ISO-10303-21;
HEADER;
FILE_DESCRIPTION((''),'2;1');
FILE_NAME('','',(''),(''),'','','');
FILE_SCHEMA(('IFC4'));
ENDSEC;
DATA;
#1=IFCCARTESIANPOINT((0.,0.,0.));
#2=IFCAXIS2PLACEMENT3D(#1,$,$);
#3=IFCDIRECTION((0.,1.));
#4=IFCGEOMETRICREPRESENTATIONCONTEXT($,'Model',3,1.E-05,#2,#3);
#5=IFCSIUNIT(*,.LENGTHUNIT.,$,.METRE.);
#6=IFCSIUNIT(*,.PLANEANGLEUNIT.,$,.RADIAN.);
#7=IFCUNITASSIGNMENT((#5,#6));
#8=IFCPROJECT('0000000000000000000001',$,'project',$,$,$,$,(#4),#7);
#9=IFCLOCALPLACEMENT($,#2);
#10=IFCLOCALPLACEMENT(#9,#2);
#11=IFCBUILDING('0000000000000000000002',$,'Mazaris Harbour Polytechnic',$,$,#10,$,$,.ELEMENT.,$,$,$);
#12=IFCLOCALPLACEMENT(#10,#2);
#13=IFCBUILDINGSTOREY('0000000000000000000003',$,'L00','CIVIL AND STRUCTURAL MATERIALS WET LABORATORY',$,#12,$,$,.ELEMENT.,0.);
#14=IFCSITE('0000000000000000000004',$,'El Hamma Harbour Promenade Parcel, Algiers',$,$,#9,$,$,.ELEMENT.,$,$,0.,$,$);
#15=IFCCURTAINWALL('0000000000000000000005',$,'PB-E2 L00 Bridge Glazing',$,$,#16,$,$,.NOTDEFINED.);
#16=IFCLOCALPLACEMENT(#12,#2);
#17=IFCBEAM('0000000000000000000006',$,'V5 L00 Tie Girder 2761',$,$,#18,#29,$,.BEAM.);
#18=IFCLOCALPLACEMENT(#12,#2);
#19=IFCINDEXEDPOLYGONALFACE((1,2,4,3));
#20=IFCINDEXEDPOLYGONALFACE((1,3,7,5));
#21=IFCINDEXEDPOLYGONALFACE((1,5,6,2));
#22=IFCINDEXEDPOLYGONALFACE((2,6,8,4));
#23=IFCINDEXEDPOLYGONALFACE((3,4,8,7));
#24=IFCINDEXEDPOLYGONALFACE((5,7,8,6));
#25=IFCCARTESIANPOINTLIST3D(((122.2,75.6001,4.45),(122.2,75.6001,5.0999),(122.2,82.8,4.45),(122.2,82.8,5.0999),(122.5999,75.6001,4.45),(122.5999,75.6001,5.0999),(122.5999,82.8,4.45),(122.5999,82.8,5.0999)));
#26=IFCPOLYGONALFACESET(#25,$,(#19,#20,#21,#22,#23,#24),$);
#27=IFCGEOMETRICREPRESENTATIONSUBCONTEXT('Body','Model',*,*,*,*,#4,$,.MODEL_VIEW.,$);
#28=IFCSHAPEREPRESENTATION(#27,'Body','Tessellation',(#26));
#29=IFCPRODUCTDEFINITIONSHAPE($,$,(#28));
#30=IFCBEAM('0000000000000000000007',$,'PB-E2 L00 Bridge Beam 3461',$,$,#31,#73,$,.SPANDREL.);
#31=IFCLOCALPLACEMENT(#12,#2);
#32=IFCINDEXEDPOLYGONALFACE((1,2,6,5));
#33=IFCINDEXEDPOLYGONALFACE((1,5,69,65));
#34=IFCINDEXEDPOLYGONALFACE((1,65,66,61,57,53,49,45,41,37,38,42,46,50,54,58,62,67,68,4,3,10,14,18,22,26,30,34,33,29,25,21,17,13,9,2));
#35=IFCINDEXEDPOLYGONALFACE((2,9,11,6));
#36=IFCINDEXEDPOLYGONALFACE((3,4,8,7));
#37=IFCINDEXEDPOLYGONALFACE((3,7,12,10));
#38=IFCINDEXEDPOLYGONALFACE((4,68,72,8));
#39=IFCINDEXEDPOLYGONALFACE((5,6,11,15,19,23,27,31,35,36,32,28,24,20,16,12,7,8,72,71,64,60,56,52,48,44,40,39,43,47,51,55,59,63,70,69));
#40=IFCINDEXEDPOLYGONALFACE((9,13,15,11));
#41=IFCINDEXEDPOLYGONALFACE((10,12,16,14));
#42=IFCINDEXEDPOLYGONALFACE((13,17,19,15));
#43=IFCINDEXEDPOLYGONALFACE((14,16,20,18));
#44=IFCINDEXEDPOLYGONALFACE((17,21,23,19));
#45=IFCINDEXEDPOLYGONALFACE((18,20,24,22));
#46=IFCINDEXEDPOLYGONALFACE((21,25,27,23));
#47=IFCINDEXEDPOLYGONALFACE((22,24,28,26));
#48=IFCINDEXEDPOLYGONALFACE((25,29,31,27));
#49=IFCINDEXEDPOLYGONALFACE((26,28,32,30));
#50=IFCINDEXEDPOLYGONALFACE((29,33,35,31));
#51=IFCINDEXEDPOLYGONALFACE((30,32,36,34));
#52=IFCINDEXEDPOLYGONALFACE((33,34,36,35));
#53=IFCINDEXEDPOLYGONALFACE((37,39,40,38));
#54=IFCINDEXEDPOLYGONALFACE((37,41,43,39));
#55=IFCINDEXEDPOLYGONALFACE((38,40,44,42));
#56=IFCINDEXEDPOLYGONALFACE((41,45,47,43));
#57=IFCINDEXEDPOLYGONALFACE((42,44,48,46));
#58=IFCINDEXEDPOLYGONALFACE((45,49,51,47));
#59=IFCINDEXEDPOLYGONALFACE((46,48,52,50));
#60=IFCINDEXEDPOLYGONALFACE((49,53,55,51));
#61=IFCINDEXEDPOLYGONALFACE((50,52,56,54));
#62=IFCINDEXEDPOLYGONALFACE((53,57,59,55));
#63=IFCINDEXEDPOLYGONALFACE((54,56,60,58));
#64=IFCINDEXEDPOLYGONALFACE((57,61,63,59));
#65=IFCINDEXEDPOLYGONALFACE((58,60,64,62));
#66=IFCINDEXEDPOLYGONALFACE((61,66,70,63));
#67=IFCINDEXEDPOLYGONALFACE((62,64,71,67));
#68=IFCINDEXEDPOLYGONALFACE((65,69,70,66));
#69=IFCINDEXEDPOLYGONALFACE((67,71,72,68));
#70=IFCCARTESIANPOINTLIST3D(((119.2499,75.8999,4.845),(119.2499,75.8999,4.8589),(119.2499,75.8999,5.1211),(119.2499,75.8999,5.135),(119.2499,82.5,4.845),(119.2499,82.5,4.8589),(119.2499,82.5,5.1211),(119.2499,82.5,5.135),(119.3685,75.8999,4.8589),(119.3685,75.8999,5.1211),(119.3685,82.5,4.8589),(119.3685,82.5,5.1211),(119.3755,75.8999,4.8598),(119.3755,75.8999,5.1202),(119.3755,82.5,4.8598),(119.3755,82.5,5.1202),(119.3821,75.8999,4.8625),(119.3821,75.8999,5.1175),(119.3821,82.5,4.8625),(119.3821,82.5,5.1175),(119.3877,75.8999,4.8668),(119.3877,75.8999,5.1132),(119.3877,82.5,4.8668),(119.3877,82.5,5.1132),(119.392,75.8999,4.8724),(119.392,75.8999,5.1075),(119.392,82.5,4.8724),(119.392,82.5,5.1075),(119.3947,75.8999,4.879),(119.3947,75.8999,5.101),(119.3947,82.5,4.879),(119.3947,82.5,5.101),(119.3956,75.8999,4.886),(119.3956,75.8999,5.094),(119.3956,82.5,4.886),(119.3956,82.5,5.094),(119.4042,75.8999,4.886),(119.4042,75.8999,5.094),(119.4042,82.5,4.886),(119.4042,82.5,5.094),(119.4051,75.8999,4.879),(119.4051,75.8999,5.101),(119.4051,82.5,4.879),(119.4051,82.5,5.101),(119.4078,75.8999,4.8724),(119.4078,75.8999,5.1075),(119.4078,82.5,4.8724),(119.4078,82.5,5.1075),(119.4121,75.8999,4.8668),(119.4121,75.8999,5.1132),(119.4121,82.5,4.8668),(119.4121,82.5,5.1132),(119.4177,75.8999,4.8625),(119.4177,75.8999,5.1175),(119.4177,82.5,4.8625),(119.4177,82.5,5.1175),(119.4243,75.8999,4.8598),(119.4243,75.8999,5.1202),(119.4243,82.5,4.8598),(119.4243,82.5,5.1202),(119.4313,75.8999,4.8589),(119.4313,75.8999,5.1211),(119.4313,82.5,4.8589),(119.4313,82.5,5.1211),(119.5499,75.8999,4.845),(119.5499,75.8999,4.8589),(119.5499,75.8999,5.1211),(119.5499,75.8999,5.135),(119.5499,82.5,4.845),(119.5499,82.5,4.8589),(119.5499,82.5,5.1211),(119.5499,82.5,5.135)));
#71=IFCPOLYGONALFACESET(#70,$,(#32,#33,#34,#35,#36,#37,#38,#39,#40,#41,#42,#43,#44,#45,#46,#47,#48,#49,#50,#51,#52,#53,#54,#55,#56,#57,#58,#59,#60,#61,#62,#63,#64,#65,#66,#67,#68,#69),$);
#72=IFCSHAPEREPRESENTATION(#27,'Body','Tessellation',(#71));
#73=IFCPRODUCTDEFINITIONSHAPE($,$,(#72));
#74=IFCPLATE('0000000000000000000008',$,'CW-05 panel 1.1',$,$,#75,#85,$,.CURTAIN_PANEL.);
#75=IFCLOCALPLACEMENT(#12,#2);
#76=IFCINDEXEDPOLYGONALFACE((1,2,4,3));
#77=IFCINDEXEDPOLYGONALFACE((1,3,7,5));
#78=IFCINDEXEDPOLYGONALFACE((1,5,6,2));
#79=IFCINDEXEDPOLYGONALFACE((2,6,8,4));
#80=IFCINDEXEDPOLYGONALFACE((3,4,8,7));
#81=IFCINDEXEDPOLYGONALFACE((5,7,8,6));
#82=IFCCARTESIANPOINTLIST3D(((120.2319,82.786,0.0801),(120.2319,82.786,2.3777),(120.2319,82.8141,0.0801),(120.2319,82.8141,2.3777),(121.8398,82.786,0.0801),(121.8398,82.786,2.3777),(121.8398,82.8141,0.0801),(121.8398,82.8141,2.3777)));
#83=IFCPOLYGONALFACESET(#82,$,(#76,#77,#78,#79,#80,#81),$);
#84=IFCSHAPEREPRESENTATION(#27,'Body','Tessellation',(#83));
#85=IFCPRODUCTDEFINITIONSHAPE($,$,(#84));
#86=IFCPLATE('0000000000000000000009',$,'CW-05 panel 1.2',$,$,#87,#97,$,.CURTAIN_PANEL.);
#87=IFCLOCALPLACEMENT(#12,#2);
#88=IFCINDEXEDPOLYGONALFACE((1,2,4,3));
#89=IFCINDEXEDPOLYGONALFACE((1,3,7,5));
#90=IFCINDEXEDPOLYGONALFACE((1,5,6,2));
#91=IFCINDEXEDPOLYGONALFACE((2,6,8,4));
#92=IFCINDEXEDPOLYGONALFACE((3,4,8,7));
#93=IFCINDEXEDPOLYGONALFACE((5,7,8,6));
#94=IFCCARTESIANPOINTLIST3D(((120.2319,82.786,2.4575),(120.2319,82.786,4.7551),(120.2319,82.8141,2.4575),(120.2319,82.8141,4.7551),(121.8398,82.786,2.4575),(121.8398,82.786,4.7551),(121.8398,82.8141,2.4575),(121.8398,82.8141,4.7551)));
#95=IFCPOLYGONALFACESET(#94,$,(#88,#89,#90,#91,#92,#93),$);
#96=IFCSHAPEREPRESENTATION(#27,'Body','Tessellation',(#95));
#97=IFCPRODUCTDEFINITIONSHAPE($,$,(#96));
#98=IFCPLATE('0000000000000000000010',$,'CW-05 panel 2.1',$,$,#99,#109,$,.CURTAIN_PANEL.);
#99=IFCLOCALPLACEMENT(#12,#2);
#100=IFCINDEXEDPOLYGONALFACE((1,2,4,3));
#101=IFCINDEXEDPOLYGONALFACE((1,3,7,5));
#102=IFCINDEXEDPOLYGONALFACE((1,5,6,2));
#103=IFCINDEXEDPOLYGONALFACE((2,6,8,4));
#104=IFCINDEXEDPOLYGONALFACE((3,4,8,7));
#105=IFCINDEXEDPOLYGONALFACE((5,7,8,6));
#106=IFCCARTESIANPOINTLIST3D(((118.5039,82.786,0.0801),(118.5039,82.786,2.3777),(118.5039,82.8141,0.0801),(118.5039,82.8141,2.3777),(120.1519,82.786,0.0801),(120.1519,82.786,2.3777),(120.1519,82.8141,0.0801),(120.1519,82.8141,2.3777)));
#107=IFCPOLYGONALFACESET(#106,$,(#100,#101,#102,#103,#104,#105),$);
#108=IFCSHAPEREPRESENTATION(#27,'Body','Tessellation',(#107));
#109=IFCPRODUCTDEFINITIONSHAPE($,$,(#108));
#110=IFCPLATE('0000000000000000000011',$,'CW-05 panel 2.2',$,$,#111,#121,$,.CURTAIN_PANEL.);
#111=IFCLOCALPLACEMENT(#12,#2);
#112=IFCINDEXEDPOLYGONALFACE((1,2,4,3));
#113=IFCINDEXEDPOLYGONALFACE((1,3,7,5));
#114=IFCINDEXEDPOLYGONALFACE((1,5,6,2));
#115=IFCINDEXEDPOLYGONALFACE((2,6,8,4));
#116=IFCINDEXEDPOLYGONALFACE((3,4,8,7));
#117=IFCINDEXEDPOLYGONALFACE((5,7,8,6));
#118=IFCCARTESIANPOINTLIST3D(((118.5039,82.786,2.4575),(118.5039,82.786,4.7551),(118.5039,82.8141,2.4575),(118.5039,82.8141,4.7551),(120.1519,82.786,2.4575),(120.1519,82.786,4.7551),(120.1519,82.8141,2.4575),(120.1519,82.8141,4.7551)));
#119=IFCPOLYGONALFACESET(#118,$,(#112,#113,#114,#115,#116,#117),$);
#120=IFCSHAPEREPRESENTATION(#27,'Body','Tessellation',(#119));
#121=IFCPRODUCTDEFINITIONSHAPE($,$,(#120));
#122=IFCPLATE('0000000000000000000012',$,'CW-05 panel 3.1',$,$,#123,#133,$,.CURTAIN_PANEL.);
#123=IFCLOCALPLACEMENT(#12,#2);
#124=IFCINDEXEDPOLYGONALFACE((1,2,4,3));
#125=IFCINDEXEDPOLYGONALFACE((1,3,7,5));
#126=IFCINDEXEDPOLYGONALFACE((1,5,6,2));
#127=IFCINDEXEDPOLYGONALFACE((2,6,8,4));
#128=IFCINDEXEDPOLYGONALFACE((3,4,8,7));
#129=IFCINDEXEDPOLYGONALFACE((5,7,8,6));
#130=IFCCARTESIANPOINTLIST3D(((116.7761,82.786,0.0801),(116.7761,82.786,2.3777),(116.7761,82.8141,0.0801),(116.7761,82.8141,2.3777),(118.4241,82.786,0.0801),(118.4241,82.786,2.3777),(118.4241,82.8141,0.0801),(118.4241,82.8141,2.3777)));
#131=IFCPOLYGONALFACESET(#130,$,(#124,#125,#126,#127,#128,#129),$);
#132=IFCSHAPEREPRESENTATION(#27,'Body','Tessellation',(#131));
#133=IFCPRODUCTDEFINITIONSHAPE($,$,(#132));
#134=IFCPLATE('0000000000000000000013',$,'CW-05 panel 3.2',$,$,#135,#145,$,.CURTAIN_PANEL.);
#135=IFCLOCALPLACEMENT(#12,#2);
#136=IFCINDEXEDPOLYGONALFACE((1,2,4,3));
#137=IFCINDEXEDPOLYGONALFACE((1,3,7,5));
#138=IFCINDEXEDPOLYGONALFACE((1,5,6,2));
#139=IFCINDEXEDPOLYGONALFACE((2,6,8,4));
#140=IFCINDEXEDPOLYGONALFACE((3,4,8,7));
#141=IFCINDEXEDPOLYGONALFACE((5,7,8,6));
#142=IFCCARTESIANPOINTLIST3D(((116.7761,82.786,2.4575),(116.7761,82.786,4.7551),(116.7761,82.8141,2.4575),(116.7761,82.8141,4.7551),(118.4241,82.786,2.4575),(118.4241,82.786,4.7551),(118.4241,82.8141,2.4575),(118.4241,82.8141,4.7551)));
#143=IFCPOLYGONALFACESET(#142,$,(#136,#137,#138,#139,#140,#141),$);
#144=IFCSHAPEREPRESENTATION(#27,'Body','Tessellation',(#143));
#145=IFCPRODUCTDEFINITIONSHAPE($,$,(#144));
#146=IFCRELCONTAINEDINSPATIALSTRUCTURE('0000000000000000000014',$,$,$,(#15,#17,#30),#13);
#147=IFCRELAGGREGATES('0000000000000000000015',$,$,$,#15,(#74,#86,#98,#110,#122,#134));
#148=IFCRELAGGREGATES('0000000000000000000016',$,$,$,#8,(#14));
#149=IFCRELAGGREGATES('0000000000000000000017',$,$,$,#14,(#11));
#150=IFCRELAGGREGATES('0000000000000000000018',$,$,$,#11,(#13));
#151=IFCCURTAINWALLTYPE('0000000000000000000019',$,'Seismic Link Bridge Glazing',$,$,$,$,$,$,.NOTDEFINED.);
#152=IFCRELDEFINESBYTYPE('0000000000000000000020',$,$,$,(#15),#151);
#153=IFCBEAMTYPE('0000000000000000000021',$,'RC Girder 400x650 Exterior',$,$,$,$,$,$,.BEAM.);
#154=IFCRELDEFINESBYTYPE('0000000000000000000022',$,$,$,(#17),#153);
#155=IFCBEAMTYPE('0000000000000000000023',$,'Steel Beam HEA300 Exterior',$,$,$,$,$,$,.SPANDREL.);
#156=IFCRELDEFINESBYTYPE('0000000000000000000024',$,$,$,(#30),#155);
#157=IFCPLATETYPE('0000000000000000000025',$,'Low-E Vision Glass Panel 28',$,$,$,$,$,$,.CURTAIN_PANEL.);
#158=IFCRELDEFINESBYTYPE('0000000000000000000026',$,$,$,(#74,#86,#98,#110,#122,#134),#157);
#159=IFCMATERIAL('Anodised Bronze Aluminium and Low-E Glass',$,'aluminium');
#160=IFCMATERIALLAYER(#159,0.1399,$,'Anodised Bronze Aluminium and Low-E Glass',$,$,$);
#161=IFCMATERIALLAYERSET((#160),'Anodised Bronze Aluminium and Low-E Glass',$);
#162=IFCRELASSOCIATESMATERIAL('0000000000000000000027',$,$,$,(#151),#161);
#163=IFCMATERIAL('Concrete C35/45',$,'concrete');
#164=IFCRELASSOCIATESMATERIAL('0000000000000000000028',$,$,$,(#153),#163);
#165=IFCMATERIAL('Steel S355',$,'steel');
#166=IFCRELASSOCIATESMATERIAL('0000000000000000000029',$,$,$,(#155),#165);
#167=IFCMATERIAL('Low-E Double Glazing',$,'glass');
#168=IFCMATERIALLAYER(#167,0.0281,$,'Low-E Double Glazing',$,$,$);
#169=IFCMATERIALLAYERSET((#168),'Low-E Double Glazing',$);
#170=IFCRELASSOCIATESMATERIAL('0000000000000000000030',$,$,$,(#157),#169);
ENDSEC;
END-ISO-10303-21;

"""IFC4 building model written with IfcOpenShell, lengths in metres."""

from ifc_helpers import new_model, si_unit, direction, frame, origin, origin_2d, place, context, subcontext, project, spatial, rectangle, i_section, extrude, material, layer, layer_set, material_profile, profile_set, type_object, element, aggregate, save


model = new_model("IFC4")

# Units and contexts
model_context = context("Model", 3, precision=1e-05, world=origin(), true_north=direction((0.0, 1.0)))
body_context = subcontext(model_context, "Body", "Model", "MODEL_VIEW")
ifc_project = project(units=[si_unit("LENGTHUNIT", "METRE"), si_unit("PLANEANGLEUNIT", "RADIAN")], contexts=[model_context])

# Site, building, storey
site_placement = place(None, origin())
site = spatial("IfcSite", under=ifc_project, at=site_placement, Name="El Hamma Harbour Promenade Parcel, Algiers", CompositionType="ELEMENT", RefElevation=0.0)
building_placement = place(site_placement, origin())
building = spatial("IfcBuilding", under=site, at=building_placement, Name="Mazaris Harbour Polytechnic", CompositionType="ELEMENT")
storey_placement = place(building_placement, origin())
storey = spatial("IfcBuildingStorey", under=building, at=storey_placement, Name="L00", Description="CIVIL AND STRUCTURAL MATERIALS WET LABORATORY", CompositionType="ELEMENT", Elevation=0.0)

# Curtain wall
ifc_material_1 = material(Name="Anodised Bronze Aluminium and Low-E Glass", Category="aluminium")
ifc_layer_1 = layer(ifc_material_1, 0.1399, Name="Anodised Bronze Aluminium and Low-E Glass")
ifc_layer_set_1 = layer_set([ifc_layer_1], Name="Anodised Bronze Aluminium and Low-E Glass")
curtain_wall_type = type_object("IfcCurtainWallType", Name="Seismic Link Bridge Glazing", PredefinedType="NOTDEFINED", material=ifc_layer_set_1)
curtain_wall_placement = place(storey_placement, origin())
curtain_wall = element("IfcCurtainWall", 1, at=curtain_wall_placement, inside=storey, type_object=curtain_wall_type, Name="PB-E2 L00 Bridge Glazing", PredefinedType="NOTDEFINED")

# Beams
ifc_material_2 = material(Name="Concrete C35/45", Category="concrete")
ifc_material_profile_1 = material_profile(ifc_material_2, rectangle(XDim=0.3999, YDim=0.6499, at=origin_2d()), Name="RECT400x650")
ifc_profile_set_1 = profile_set([ifc_material_profile_1], Name="Concrete C35/45")
beam_type_1 = type_object("IfcBeamType", Name="RC Girder 400x650 Exterior", PredefinedType="BEAM", material=ifc_profile_set_1)
beam_1_placement = place(storey_placement, frame((122.3999, 75.6001, 4.7749), z_axis=(0.0, 1.0, 0.0), x_axis=(-1.0, 0.0, 0.0)))
element("IfcBeam", 2, at=beam_1_placement, inside=storey, type_object=beam_type_1, Name="V5 L00 Tie Girder 2761", PredefinedType="BEAM", context=body_context, shape_type="SweptSolid", body=[
    extrude(rectangle(XDim=0.3999, YDim=0.6499, at=origin_2d()), origin(), (0.0, 0.0, 1.0), 7.2),
])
ifc_material_3 = material(Name="Steel S355", Category="steel")
ifc_material_profile_2 = material_profile(ifc_material_3, i_section(OverallWidth=0.3, OverallDepth=0.29, WebThickness=0.0085, FlangeThickness=0.0139, FilletRadius=0.0271, at=origin_2d()), Name="HEA 300")
ifc_profile_set_2 = profile_set([ifc_material_profile_2], Name="Steel S355")
beam_type_2 = type_object("IfcBeamType", Name="Steel Beam HEA300 Exterior", PredefinedType="SPANDREL", material=ifc_profile_set_2)
beam_2_placement = place(storey_placement, frame((119.3999, 75.8999, 4.99), z_axis=(0.0, 1.0, 0.0), x_axis=(-1.0, 0.0, 0.0)))
element("IfcBeam", 3, at=beam_2_placement, inside=storey, type_object=beam_type_2, Name="PB-E2 L00 Bridge Beam 3461", PredefinedType="SPANDREL", context=body_context, shape_type="SweptSolid", body=[
    extrude(i_section(OverallWidth=0.3, OverallDepth=0.29, WebThickness=0.0085, FlangeThickness=0.0139, FilletRadius=0.0271, at=origin_2d()), origin(), (0.0, 0.0, 1.0), 6.6001),
])

# Plates
ifc_material_4 = material(Name="Low-E Double Glazing", Category="glass")
ifc_layer_2 = layer(ifc_material_4, 0.0281, Name="Low-E Double Glazing")
ifc_layer_set_2 = layer_set([ifc_layer_2], Name="Low-E Double Glazing")
plate_type = type_object("IfcPlateType", Name="Low-E Vision Glass Panel 28", PredefinedType="CURTAIN_PANEL", material=ifc_layer_set_2)
plate_1_placement = place(storey_placement, frame((121.0359, 82.8, 0.0801), z_axis=(0.0, 0.0, 1.0), x_axis=(-1.0, 0.0, 0.0)))
plate_1 = element("IfcPlate", 4, at=plate_1_placement, type_object=plate_type, Name="CW-05 panel 1.1", PredefinedType="CURTAIN_PANEL", context=body_context, shape_type="SweptSolid", body=[
    extrude(rectangle(XDim=1.6079, YDim=0.0281, at=origin_2d()), origin(), (0.0, 0.0, 1.0), 2.2976),
])
plate_2_placement = place(storey_placement, frame((121.0359, 82.8, 2.4575), z_axis=(0.0, 0.0, 1.0), x_axis=(-1.0, 0.0, 0.0)))
plate_2 = element("IfcPlate", 5, at=plate_2_placement, type_object=plate_type, Name="CW-05 panel 1.2", PredefinedType="CURTAIN_PANEL", context=body_context, shape_type="SweptSolid", body=[
    extrude(rectangle(XDim=1.6079, YDim=0.0281, at=origin_2d()), origin(), (0.0, 0.0, 1.0), 2.2976),
])
plate_3_placement = place(storey_placement, frame((119.3279, 82.8, 0.0801), z_axis=(0.0, 0.0, 1.0), x_axis=(-1.0, 0.0, 0.0)))
plate_3 = element("IfcPlate", 6, at=plate_3_placement, type_object=plate_type, Name="CW-05 panel 2.1", PredefinedType="CURTAIN_PANEL", context=body_context, shape_type="SweptSolid", body=[
    extrude(rectangle(XDim=1.6479, YDim=0.0281, at=origin_2d()), origin(), (0.0, 0.0, 1.0), 2.2976),
])
plate_4_placement = place(storey_placement, frame((119.3279, 82.8, 2.4575), z_axis=(0.0, 0.0, 1.0), x_axis=(-1.0, 0.0, 0.0)))
plate_4 = element("IfcPlate", 7, at=plate_4_placement, type_object=plate_type, Name="CW-05 panel 2.2", PredefinedType="CURTAIN_PANEL", context=body_context, shape_type="SweptSolid", body=[
    extrude(rectangle(XDim=1.6479, YDim=0.0281, at=origin_2d()), origin(), (0.0, 0.0, 1.0), 2.2976),
])
plate_5_placement = place(storey_placement, frame((117.6001, 82.8, 0.0801), z_axis=(0.0, 0.0, 1.0), x_axis=(-1.0, 0.0, 0.0)))
plate_5 = element("IfcPlate", 8, at=plate_5_placement, type_object=plate_type, Name="CW-05 panel 3.1", PredefinedType="CURTAIN_PANEL", context=body_context, shape_type="SweptSolid", body=[
    extrude(rectangle(XDim=1.6479, YDim=0.0281, at=origin_2d()), origin(), (0.0, 0.0, 1.0), 2.2976),
])
plate_6_placement = place(storey_placement, frame((117.6001, 82.8, 2.4575), z_axis=(0.0, 0.0, 1.0), x_axis=(-1.0, 0.0, 0.0)))
plate_6 = element("IfcPlate", 9, at=plate_6_placement, type_object=plate_type, Name="CW-05 panel 3.2", PredefinedType="CURTAIN_PANEL", context=body_context, shape_type="SweptSolid", body=[
    extrude(rectangle(XDim=1.6479, YDim=0.0281, at=origin_2d()), origin(), (0.0, 0.0, 1.0), 2.2976),
])
aggregate(curtain_wall, [plate_1, plate_2, plate_3, plate_4, plate_5, plate_6])

save(model, "model.ifc")
